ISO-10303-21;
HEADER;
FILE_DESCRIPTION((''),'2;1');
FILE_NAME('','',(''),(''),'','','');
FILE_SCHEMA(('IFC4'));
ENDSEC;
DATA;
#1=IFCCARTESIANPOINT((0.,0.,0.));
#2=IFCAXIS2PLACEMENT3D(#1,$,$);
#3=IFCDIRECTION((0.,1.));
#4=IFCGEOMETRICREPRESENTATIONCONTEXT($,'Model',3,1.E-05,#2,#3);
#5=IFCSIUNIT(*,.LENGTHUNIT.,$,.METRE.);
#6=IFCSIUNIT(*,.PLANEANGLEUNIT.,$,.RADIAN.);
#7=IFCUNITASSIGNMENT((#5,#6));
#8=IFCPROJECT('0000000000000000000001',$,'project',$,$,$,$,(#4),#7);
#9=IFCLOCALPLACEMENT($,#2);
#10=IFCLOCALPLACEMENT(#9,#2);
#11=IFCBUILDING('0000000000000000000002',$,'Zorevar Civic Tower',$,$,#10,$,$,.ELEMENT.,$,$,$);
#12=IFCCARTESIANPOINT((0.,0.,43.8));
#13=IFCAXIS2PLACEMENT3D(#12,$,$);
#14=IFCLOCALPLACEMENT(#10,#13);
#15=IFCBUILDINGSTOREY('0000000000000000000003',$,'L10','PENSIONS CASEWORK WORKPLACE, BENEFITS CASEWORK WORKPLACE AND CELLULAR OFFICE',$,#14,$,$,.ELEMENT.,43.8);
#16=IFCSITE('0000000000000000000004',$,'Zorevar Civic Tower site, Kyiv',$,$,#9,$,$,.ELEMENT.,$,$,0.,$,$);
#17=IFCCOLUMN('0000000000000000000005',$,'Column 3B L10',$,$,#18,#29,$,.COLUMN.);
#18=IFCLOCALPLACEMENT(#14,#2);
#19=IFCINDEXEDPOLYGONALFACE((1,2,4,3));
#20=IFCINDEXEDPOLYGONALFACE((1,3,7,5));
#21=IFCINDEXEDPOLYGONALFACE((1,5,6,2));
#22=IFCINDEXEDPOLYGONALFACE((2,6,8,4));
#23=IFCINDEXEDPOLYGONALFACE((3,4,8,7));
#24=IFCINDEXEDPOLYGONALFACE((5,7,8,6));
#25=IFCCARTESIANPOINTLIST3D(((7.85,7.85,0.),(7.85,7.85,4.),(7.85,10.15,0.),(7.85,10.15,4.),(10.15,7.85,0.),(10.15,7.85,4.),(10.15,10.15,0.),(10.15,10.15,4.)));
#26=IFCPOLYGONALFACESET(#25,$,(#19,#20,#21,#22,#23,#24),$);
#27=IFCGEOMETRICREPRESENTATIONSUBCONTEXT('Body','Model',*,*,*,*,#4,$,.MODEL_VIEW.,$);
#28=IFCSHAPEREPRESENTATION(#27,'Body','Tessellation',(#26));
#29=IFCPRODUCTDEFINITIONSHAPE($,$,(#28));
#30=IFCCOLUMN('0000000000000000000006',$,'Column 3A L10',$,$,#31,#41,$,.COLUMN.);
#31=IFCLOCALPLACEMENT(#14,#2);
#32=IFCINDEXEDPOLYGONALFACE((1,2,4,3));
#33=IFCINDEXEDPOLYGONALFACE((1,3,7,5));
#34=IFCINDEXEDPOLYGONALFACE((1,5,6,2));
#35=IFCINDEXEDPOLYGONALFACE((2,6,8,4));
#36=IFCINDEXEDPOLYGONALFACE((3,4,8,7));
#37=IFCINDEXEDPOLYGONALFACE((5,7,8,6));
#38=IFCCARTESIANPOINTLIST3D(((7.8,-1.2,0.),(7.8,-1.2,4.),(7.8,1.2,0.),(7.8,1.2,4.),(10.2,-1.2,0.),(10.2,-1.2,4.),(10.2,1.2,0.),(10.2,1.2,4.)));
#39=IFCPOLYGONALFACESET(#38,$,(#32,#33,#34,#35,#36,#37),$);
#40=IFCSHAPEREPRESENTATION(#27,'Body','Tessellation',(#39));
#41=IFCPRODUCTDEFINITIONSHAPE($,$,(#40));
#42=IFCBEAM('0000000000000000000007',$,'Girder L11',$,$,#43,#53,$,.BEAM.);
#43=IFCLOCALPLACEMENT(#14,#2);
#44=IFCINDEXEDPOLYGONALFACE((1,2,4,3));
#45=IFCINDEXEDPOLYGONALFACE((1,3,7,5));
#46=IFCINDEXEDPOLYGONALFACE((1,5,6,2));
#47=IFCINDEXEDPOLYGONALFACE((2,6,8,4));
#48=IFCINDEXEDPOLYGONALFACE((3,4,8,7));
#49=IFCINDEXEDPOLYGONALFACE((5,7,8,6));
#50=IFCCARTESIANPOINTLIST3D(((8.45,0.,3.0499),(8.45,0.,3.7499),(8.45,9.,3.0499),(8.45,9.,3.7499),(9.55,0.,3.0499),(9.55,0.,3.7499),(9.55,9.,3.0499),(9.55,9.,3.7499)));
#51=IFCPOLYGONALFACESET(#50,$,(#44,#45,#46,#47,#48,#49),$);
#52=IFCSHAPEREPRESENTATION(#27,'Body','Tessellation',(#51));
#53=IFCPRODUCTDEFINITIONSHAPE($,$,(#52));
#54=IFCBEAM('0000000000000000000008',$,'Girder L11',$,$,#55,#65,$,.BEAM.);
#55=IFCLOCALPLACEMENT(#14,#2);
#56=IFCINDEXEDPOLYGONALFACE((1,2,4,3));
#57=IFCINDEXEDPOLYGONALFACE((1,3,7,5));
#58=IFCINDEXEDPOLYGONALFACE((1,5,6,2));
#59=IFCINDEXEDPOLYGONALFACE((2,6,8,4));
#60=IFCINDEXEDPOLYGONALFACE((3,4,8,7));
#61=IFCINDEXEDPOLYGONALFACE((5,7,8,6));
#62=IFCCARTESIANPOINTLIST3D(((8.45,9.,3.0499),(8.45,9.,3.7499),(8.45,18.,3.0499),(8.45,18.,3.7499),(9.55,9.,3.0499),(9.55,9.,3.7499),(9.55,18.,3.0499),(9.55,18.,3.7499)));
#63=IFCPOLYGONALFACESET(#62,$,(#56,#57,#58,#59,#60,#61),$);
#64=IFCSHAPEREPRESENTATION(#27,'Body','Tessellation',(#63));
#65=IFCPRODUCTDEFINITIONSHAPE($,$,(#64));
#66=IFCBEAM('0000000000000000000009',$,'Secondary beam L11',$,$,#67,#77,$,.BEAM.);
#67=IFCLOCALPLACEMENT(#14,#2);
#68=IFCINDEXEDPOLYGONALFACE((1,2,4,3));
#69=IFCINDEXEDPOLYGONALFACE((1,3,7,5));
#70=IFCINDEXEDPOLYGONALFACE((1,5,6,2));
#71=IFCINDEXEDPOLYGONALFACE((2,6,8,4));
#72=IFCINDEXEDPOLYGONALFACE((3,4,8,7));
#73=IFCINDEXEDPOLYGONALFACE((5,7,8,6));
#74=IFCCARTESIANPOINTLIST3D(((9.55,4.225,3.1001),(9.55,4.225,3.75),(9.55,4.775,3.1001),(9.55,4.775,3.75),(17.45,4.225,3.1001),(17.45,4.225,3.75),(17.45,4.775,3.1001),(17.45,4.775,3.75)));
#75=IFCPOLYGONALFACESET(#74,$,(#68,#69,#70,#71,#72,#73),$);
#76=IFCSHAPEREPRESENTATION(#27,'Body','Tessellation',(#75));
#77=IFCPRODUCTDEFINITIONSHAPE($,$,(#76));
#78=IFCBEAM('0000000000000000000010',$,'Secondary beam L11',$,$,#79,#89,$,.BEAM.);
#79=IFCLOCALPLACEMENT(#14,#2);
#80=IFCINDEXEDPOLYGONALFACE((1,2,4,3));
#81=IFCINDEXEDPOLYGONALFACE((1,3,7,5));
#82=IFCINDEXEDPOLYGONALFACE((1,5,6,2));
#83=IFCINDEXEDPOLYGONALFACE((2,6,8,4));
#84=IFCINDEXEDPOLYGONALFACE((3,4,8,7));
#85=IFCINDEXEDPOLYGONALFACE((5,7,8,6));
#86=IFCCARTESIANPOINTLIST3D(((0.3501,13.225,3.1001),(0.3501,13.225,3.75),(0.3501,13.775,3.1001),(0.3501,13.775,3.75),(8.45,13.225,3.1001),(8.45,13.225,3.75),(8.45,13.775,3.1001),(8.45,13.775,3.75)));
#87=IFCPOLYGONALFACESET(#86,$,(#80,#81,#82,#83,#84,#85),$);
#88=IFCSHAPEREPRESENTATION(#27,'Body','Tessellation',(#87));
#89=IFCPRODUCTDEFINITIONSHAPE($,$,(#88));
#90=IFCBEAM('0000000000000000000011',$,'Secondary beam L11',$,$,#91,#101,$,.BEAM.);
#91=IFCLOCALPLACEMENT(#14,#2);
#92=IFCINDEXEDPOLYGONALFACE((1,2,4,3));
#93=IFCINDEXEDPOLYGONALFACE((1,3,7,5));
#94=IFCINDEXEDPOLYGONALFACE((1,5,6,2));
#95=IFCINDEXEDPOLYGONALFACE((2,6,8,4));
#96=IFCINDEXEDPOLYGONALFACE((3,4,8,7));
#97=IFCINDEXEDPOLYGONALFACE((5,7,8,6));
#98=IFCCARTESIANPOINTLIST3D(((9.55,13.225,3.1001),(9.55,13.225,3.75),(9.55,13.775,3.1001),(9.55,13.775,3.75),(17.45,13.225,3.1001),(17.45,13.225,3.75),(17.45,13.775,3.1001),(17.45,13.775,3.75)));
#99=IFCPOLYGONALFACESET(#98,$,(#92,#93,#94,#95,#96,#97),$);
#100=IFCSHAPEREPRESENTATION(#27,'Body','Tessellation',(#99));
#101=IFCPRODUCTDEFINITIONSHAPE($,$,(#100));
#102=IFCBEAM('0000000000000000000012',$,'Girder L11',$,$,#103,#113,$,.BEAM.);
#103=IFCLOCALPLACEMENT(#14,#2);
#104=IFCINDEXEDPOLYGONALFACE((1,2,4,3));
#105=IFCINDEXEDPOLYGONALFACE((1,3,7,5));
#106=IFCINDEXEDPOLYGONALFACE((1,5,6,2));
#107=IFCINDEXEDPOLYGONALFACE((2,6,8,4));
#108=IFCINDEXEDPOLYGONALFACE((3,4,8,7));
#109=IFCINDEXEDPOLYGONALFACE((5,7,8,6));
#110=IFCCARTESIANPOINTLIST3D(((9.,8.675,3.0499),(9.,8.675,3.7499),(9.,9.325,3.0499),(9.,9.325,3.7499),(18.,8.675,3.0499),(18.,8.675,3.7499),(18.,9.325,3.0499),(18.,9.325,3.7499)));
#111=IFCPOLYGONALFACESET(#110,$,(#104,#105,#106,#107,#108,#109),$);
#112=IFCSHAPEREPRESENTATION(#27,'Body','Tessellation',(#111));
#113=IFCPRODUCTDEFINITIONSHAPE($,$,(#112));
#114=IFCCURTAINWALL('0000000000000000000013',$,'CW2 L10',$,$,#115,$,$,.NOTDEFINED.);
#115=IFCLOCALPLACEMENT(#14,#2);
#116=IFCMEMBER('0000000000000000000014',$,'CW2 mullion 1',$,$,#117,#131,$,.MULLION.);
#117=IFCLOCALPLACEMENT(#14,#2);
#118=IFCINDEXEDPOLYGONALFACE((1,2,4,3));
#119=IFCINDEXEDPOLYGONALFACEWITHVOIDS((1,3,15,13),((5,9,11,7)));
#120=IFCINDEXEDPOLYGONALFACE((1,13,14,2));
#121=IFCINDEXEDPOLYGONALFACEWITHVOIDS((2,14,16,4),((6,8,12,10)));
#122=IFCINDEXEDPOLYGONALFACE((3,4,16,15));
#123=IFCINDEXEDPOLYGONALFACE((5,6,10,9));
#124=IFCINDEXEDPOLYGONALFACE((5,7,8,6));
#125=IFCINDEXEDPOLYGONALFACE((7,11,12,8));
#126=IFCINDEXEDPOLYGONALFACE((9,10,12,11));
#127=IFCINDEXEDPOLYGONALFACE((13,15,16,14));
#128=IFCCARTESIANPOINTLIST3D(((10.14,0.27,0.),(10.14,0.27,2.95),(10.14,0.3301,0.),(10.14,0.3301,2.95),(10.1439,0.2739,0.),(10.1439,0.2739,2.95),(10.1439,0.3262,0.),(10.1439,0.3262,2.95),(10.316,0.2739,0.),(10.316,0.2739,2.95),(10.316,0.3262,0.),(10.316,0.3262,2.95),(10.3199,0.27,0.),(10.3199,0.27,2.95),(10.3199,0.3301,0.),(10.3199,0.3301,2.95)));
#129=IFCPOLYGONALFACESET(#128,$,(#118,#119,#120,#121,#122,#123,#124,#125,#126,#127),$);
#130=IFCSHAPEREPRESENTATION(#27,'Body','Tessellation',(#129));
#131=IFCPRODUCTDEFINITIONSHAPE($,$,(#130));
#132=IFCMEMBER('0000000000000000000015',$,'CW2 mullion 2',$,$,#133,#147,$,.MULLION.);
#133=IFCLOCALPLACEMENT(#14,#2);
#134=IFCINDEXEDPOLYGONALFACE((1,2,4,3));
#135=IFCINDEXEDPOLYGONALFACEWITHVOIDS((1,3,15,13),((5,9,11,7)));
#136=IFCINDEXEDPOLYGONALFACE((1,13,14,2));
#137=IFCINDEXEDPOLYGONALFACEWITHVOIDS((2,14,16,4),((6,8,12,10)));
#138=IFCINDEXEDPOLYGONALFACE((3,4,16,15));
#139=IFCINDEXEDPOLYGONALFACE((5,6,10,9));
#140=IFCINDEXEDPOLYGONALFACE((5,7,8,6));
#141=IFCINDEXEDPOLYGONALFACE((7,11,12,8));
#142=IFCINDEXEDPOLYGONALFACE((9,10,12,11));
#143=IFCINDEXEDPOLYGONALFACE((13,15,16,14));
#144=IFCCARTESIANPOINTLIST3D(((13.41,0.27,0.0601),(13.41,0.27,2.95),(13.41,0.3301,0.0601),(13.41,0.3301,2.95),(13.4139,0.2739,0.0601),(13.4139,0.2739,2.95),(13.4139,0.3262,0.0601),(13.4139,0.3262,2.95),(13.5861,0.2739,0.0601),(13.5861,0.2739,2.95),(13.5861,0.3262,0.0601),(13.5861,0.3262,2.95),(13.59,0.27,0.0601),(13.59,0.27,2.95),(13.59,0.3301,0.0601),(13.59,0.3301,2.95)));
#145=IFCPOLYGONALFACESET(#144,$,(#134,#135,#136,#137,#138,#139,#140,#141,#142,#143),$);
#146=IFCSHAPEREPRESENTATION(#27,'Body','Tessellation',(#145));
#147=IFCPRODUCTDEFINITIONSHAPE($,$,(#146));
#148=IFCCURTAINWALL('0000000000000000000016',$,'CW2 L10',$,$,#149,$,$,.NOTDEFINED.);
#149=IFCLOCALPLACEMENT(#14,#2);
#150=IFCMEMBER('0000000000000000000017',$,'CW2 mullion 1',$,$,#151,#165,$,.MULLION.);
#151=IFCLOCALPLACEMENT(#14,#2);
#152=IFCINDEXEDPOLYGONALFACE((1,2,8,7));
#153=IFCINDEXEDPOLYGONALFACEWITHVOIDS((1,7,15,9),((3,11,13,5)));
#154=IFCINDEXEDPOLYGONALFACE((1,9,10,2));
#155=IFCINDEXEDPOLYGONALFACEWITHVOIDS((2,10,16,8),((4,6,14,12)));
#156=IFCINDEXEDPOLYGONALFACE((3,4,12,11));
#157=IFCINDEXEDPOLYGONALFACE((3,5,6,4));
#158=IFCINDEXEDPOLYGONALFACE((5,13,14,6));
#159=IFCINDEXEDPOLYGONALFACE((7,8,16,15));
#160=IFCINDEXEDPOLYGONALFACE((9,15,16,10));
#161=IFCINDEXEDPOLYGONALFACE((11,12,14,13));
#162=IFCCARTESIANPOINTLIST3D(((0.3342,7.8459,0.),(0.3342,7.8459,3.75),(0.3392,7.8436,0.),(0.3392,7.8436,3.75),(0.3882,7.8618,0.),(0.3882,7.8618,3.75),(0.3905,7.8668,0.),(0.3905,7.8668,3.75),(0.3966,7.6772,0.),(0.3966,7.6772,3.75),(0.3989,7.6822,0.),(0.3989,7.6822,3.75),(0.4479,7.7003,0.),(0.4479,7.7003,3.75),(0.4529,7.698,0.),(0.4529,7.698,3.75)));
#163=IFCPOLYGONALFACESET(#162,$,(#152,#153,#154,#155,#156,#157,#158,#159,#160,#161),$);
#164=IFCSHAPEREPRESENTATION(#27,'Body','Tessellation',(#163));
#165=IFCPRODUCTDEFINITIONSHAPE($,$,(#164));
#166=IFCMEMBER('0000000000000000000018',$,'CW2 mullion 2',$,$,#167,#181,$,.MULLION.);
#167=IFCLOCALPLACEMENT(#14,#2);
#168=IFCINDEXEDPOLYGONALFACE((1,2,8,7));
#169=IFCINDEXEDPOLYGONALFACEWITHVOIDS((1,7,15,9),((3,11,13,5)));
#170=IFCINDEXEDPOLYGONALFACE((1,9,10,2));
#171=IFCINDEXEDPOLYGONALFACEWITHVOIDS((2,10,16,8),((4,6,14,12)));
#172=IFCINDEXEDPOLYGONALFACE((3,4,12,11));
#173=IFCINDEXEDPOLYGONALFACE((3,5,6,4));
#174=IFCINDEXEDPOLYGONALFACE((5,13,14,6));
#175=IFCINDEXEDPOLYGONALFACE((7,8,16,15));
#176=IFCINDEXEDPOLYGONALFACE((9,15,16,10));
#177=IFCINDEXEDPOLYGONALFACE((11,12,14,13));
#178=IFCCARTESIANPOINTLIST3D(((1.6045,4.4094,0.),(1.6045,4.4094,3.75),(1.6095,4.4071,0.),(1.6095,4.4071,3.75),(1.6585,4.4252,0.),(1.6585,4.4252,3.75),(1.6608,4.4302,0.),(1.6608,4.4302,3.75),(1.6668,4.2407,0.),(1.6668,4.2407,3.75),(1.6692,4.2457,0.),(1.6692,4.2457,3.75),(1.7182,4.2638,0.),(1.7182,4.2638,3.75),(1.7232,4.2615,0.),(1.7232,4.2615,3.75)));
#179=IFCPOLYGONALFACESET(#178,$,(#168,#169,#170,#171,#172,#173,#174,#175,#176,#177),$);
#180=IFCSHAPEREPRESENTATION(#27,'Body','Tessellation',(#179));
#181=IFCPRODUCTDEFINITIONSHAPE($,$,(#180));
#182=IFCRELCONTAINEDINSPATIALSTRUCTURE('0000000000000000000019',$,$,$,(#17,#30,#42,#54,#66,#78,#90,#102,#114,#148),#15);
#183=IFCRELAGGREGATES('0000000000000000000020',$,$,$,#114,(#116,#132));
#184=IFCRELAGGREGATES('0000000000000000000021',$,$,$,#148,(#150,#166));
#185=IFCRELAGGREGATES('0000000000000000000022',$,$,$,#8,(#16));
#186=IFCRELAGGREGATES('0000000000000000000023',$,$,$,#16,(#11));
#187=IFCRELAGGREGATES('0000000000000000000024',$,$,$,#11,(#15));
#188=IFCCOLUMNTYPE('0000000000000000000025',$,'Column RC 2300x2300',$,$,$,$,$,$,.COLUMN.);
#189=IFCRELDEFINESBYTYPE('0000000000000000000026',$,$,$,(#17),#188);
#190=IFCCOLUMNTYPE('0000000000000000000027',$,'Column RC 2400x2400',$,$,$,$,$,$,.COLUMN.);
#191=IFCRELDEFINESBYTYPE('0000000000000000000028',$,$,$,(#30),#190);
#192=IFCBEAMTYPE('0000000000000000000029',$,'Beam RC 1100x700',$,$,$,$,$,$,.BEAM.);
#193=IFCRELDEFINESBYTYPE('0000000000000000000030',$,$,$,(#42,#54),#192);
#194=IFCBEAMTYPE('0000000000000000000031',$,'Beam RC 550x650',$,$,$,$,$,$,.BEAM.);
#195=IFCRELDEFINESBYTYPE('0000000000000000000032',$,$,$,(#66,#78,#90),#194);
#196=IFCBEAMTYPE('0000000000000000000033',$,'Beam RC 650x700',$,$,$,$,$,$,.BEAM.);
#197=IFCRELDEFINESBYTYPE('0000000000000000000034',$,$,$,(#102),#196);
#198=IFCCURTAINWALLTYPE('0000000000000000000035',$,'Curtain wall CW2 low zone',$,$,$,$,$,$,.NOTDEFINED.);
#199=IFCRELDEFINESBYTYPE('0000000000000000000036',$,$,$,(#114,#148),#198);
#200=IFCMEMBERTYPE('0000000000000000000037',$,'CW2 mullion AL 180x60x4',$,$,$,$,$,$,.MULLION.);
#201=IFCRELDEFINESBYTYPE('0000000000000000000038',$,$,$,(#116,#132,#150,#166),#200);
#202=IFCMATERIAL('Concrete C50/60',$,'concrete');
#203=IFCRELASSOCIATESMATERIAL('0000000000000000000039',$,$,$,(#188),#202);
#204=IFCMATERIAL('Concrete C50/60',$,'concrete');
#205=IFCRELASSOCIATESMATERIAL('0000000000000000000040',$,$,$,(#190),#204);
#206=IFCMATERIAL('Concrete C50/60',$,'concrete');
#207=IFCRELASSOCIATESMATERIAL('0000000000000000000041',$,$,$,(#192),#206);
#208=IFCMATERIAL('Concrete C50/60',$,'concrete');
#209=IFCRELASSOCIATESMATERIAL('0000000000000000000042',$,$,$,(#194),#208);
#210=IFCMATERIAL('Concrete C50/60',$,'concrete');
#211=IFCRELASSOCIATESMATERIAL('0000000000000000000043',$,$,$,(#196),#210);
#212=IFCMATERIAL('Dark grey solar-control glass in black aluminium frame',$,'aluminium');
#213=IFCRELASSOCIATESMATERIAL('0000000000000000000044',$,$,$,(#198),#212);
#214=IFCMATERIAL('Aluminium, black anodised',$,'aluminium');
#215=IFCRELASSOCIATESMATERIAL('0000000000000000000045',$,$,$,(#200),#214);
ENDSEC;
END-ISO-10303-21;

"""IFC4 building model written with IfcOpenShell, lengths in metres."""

from ifc_helpers import new_model, si_unit, direction, frame, origin, origin_2d, place, context, subcontext, project, spatial, rectangle, hollow_rectangle, extrude, material, material_profile, profile_set, type_object, element, aggregate, save


model = new_model("IFC4")

# Units and contexts
model_context = context("Model", 3, precision=1e-05, world=origin(), true_north=direction((0.0, 1.0)))
body_context = subcontext(model_context, "Body", "Model", "MODEL_VIEW")
ifc_project = project(units=[si_unit("LENGTHUNIT", "METRE"), si_unit("PLANEANGLEUNIT", "RADIAN")], contexts=[model_context])

# Site, building, storey
site_placement = place(None, origin())
site = spatial("IfcSite", under=ifc_project, at=site_placement, Name="Zorevar Civic Tower site, Kyiv", CompositionType="ELEMENT", RefElevation=0.0)
building_placement = place(site_placement, origin())
building = spatial("IfcBuilding", under=site, at=building_placement, Name="Zorevar Civic Tower", CompositionType="ELEMENT")
storey_placement = place(building_placement, frame((0.0, 0.0, 43.8)))
storey = spatial("IfcBuildingStorey", under=building, at=storey_placement, Name="L10", Description="PENSIONS CASEWORK WORKPLACE, BENEFITS CASEWORK WORKPLACE AND CELLULAR OFFICE", CompositionType="ELEMENT", Elevation=43.8)

# Columns
ifc_material_1 = material(Name="Concrete C50/60", Category="concrete")
ifc_material_profile_1 = material_profile(ifc_material_1, rectangle(XDim=2.3, YDim=2.3, at=origin_2d()), Name="RC 2300x2300")
ifc_profile_set_1 = profile_set([ifc_material_profile_1], Name="Concrete C50/60")
column_type_1 = type_object("IfcColumnType", Name="Column RC 2300x2300", PredefinedType="COLUMN", material=ifc_profile_set_1)
column_1_placement = place(storey_placement, frame((9.0, 9.0, 0.0), z_axis=(0.0, 0.0, 1.0), x_axis=(1.0, 0.0, 0.0)))
element("IfcColumn", 1, at=column_1_placement, inside=storey, type_object=column_type_1, Name="Column 3B L10", PredefinedType="COLUMN", context=body_context, shape_type="SweptSolid", body=[
    extrude(rectangle(XDim=2.3, YDim=2.3, at=origin_2d()), origin(), (0.0, 0.0, 1.0), 4.0),
])
ifc_material_2 = material(Name="Concrete C50/60", Category="concrete")
ifc_material_profile_2 = material_profile(ifc_material_2, rectangle(XDim=2.3999, YDim=2.3999, at=origin_2d()), Name="RC 2400x2400")
ifc_profile_set_2 = profile_set([ifc_material_profile_2], Name="Concrete C50/60")
column_type_2 = type_object("IfcColumnType", Name="Column RC 2400x2400", PredefinedType="COLUMN", material=ifc_profile_set_2)
column_2_placement = place(storey_placement, frame((9.0, 0.0, 0.0), z_axis=(0.0, 0.0, 1.0), x_axis=(1.0, 0.0, 0.0)))
element("IfcColumn", 2, at=column_2_placement, inside=storey, type_object=column_type_2, Name="Column 3A L10", PredefinedType="COLUMN", context=body_context, shape_type="SweptSolid", body=[
    extrude(rectangle(XDim=2.3999, YDim=2.3999, at=origin_2d()), origin(), (0.0, 0.0, 1.0), 4.0),
])

# Beams
ifc_material_3 = material(Name="Concrete C50/60", Category="concrete")
ifc_material_profile_3 = material_profile(ifc_material_3, rectangle(XDim=1.1001, YDim=0.7, at=origin_2d()), Name="RC 1100x700")
ifc_profile_set_3 = profile_set([ifc_material_profile_3], Name="Concrete C50/60")
beam_type_1 = type_object("IfcBeamType", Name="Beam RC 1100x700", PredefinedType="BEAM", material=ifc_profile_set_3)
for number, where, z_axis, x_axis, name in (
    (3, (9.0, 0.0, 3.3999), (0.0, 1.0, 0.0), (-1.0, 0.0, 0.0), "Girder L11"),
    (4, (9.0, 9.0, 3.3999), (0.0, 1.0, 0.0), (-1.0, 0.0, 0.0), "Girder L11"),
):
    element("IfcBeam", number, at=place(storey_placement, frame(where, z_axis=z_axis, x_axis=x_axis)), inside=storey, type_object=beam_type_1, Name=name, PredefinedType="BEAM", context=body_context, shape_type="SweptSolid", body=[
        extrude(rectangle(XDim=1.1001, YDim=0.7, at=origin_2d()), origin(), (0.0, 0.0, 1.0), 9.0),
    ])
ifc_material_4 = material(Name="Concrete C50/60", Category="concrete")
ifc_material_profile_4 = material_profile(ifc_material_4, rectangle(XDim=0.55, YDim=0.6499, at=origin_2d()), Name="RC 550x650")
ifc_profile_set_4 = profile_set([ifc_material_profile_4], Name="Concrete C50/60")
beam_type_2 = type_object("IfcBeamType", Name="Beam RC 550x650", PredefinedType="BEAM", material=ifc_profile_set_4)
beam_1_placement = place(storey_placement, frame((9.55, 4.5, 3.425), z_axis=(1.0, 0.0, 0.0), x_axis=(0.0, 1.0, 0.0)))
element("IfcBeam", 5, at=beam_1_placement, inside=storey, type_object=beam_type_2, Name="Secondary beam L11", PredefinedType="BEAM", context=body_context, shape_type="SweptSolid", body=[
    extrude(rectangle(XDim=0.55, YDim=0.6499, at=origin_2d()), origin(), (0.0, 0.0, 1.0), 7.8999),
])
beam_2_placement = place(storey_placement, frame((0.3501, 13.5, 3.425), z_axis=(1.0, 0.0, 0.0), x_axis=(0.0, 1.0, 0.0)))
element("IfcBeam", 6, at=beam_2_placement, inside=storey, type_object=beam_type_2, Name="Secondary beam L11", PredefinedType="BEAM", context=body_context, shape_type="SweptSolid", body=[
    extrude(rectangle(XDim=0.55, YDim=0.6499, at=origin_2d()), origin(), (0.0, 0.0, 1.0), 8.0999),
])
beam_3_placement = place(storey_placement, frame((9.55, 13.5, 3.425), z_axis=(1.0, 0.0, 0.0), x_axis=(0.0, 1.0, 0.0)))
element("IfcBeam", 7, at=beam_3_placement, inside=storey, type_object=beam_type_2, Name="Secondary beam L11", PredefinedType="BEAM", context=body_context, shape_type="SweptSolid", body=[
    extrude(rectangle(XDim=0.55, YDim=0.6499, at=origin_2d()), origin(), (0.0, 0.0, 1.0), 7.8999),
])
ifc_material_5 = material(Name="Concrete C50/60", Category="concrete")
ifc_material_profile_5 = material_profile(ifc_material_5, rectangle(XDim=0.6499, YDim=0.7, at=origin_2d()), Name="RC 650x700")
ifc_profile_set_5 = profile_set([ifc_material_profile_5], Name="Concrete C50/60")
beam_type_3 = type_object("IfcBeamType", Name="Beam RC 650x700", PredefinedType="BEAM", material=ifc_profile_set_5)
beam_4_placement = place(storey_placement, frame((9.0, 9.0, 3.3999), z_axis=(1.0, 0.0, 0.0), x_axis=(0.0, 1.0, 0.0)))
element("IfcBeam", 8, at=beam_4_placement, inside=storey, type_object=beam_type_3, Name="Girder L11", PredefinedType="BEAM", context=body_context, shape_type="SweptSolid", body=[
    extrude(rectangle(XDim=0.6499, YDim=0.7, at=origin_2d()), origin(), (0.0, 0.0, 1.0), 9.0),
])

# Curtain walls, members
ifc_material_6 = material(Name="Dark grey solar-control glass in black aluminium frame", Category="aluminium")
curtain_wall_type = type_object("IfcCurtainWallType", Name="Curtain wall CW2 low zone", PredefinedType="NOTDEFINED", material=ifc_material_6)
curtain_wall_1_placement = place(storey_placement, origin())
curtain_wall_1 = element("IfcCurtainWall", 9, at=curtain_wall_1_placement, inside=storey, type_object=curtain_wall_type, Name="CW2 L10", PredefinedType="NOTDEFINED")
ifc_material_7 = material(Name="Aluminium, black anodised", Category="aluminium")
ifc_material_profile_6 = material_profile(ifc_material_7, hollow_rectangle(XDim=0.0601, YDim=0.1799, WallThickness=0.0039, at=origin_2d()), Name="AL 180x60x4")
ifc_profile_set_6 = profile_set([ifc_material_profile_6], Name="Aluminium, black anodised")
member_type_1 = type_object("IfcMemberType", Name="CW2 mullion AL 180x60x4", PredefinedType="MULLION", material=ifc_profile_set_6)
member_1_placement = place(storey_placement, frame((10.23, 0.3, 0.0), z_axis=(0.0, 0.0, 1.0), x_axis=(0.0, 1.0, 0.0)))
member_1 = element("IfcMember", 10, at=member_1_placement, type_object=member_type_1, Name="CW2 mullion 1", PredefinedType="MULLION", context=body_context, shape_type="SweptSolid", body=[
    extrude(hollow_rectangle(XDim=0.0601, YDim=0.1799, WallThickness=0.0039, at=origin_2d()), origin(), (0.0, 0.0, 1.0), 2.95),
])
member_2_placement = place(storey_placement, frame((13.5, 0.3, 0.0601), z_axis=(0.0, 0.0, 1.0), x_axis=(0.0, 1.0, 0.0)))
member_2 = element("IfcMember", 11, at=member_2_placement, type_object=member_type_1, Name="CW2 mullion 2", PredefinedType="MULLION", context=body_context, shape_type="SweptSolid", body=[
    extrude(hollow_rectangle(XDim=0.0601, YDim=0.1799, WallThickness=0.0039, at=origin_2d()), origin(), (0.0, 0.0, 1.0), 2.8899),
])
curtain_wall_2_placement = place(storey_placement, origin())
curtain_wall_2 = element("IfcCurtainWall", 12, at=curtain_wall_2_placement, inside=storey, type_object=curtain_wall_type, Name="CW2 L10", PredefinedType="NOTDEFINED")
member_3_placement = place(storey_placement, frame((0.3936, 7.772, 0.0), z_axis=(0.0, 0.0, 1.0), x_axis=(0.937975, 0.346704, 0.0)))
member_3 = element("IfcMember", 13, at=member_3_placement, type_object=member_type_1, Name="CW2 mullion 1", PredefinedType="MULLION", context=body_context, shape_type="SweptSolid", body=[
    extrude(hollow_rectangle(XDim=0.0601, YDim=0.1799, WallThickness=0.0039, at=origin_2d()), origin(), (0.0, 0.0, 1.0), 3.75),
])
member_4_placement = place(storey_placement, frame((1.6638, 4.3354, 0.0), z_axis=(0.0, 0.0, 1.0), x_axis=(0.937975, 0.346704, 0.0)))
member_4 = element("IfcMember", 14, at=member_4_placement, type_object=member_type_1, Name="CW2 mullion 2", PredefinedType="MULLION", context=body_context, shape_type="SweptSolid", body=[
    extrude(hollow_rectangle(XDim=0.0601, YDim=0.1799, WallThickness=0.0039, at=origin_2d()), origin(), (0.0, 0.0, 1.0), 3.75),
])

aggregate(curtain_wall_1, [member_1, member_2])
aggregate(curtain_wall_2, [member_3, member_4])

save(model, "model.ifc")
